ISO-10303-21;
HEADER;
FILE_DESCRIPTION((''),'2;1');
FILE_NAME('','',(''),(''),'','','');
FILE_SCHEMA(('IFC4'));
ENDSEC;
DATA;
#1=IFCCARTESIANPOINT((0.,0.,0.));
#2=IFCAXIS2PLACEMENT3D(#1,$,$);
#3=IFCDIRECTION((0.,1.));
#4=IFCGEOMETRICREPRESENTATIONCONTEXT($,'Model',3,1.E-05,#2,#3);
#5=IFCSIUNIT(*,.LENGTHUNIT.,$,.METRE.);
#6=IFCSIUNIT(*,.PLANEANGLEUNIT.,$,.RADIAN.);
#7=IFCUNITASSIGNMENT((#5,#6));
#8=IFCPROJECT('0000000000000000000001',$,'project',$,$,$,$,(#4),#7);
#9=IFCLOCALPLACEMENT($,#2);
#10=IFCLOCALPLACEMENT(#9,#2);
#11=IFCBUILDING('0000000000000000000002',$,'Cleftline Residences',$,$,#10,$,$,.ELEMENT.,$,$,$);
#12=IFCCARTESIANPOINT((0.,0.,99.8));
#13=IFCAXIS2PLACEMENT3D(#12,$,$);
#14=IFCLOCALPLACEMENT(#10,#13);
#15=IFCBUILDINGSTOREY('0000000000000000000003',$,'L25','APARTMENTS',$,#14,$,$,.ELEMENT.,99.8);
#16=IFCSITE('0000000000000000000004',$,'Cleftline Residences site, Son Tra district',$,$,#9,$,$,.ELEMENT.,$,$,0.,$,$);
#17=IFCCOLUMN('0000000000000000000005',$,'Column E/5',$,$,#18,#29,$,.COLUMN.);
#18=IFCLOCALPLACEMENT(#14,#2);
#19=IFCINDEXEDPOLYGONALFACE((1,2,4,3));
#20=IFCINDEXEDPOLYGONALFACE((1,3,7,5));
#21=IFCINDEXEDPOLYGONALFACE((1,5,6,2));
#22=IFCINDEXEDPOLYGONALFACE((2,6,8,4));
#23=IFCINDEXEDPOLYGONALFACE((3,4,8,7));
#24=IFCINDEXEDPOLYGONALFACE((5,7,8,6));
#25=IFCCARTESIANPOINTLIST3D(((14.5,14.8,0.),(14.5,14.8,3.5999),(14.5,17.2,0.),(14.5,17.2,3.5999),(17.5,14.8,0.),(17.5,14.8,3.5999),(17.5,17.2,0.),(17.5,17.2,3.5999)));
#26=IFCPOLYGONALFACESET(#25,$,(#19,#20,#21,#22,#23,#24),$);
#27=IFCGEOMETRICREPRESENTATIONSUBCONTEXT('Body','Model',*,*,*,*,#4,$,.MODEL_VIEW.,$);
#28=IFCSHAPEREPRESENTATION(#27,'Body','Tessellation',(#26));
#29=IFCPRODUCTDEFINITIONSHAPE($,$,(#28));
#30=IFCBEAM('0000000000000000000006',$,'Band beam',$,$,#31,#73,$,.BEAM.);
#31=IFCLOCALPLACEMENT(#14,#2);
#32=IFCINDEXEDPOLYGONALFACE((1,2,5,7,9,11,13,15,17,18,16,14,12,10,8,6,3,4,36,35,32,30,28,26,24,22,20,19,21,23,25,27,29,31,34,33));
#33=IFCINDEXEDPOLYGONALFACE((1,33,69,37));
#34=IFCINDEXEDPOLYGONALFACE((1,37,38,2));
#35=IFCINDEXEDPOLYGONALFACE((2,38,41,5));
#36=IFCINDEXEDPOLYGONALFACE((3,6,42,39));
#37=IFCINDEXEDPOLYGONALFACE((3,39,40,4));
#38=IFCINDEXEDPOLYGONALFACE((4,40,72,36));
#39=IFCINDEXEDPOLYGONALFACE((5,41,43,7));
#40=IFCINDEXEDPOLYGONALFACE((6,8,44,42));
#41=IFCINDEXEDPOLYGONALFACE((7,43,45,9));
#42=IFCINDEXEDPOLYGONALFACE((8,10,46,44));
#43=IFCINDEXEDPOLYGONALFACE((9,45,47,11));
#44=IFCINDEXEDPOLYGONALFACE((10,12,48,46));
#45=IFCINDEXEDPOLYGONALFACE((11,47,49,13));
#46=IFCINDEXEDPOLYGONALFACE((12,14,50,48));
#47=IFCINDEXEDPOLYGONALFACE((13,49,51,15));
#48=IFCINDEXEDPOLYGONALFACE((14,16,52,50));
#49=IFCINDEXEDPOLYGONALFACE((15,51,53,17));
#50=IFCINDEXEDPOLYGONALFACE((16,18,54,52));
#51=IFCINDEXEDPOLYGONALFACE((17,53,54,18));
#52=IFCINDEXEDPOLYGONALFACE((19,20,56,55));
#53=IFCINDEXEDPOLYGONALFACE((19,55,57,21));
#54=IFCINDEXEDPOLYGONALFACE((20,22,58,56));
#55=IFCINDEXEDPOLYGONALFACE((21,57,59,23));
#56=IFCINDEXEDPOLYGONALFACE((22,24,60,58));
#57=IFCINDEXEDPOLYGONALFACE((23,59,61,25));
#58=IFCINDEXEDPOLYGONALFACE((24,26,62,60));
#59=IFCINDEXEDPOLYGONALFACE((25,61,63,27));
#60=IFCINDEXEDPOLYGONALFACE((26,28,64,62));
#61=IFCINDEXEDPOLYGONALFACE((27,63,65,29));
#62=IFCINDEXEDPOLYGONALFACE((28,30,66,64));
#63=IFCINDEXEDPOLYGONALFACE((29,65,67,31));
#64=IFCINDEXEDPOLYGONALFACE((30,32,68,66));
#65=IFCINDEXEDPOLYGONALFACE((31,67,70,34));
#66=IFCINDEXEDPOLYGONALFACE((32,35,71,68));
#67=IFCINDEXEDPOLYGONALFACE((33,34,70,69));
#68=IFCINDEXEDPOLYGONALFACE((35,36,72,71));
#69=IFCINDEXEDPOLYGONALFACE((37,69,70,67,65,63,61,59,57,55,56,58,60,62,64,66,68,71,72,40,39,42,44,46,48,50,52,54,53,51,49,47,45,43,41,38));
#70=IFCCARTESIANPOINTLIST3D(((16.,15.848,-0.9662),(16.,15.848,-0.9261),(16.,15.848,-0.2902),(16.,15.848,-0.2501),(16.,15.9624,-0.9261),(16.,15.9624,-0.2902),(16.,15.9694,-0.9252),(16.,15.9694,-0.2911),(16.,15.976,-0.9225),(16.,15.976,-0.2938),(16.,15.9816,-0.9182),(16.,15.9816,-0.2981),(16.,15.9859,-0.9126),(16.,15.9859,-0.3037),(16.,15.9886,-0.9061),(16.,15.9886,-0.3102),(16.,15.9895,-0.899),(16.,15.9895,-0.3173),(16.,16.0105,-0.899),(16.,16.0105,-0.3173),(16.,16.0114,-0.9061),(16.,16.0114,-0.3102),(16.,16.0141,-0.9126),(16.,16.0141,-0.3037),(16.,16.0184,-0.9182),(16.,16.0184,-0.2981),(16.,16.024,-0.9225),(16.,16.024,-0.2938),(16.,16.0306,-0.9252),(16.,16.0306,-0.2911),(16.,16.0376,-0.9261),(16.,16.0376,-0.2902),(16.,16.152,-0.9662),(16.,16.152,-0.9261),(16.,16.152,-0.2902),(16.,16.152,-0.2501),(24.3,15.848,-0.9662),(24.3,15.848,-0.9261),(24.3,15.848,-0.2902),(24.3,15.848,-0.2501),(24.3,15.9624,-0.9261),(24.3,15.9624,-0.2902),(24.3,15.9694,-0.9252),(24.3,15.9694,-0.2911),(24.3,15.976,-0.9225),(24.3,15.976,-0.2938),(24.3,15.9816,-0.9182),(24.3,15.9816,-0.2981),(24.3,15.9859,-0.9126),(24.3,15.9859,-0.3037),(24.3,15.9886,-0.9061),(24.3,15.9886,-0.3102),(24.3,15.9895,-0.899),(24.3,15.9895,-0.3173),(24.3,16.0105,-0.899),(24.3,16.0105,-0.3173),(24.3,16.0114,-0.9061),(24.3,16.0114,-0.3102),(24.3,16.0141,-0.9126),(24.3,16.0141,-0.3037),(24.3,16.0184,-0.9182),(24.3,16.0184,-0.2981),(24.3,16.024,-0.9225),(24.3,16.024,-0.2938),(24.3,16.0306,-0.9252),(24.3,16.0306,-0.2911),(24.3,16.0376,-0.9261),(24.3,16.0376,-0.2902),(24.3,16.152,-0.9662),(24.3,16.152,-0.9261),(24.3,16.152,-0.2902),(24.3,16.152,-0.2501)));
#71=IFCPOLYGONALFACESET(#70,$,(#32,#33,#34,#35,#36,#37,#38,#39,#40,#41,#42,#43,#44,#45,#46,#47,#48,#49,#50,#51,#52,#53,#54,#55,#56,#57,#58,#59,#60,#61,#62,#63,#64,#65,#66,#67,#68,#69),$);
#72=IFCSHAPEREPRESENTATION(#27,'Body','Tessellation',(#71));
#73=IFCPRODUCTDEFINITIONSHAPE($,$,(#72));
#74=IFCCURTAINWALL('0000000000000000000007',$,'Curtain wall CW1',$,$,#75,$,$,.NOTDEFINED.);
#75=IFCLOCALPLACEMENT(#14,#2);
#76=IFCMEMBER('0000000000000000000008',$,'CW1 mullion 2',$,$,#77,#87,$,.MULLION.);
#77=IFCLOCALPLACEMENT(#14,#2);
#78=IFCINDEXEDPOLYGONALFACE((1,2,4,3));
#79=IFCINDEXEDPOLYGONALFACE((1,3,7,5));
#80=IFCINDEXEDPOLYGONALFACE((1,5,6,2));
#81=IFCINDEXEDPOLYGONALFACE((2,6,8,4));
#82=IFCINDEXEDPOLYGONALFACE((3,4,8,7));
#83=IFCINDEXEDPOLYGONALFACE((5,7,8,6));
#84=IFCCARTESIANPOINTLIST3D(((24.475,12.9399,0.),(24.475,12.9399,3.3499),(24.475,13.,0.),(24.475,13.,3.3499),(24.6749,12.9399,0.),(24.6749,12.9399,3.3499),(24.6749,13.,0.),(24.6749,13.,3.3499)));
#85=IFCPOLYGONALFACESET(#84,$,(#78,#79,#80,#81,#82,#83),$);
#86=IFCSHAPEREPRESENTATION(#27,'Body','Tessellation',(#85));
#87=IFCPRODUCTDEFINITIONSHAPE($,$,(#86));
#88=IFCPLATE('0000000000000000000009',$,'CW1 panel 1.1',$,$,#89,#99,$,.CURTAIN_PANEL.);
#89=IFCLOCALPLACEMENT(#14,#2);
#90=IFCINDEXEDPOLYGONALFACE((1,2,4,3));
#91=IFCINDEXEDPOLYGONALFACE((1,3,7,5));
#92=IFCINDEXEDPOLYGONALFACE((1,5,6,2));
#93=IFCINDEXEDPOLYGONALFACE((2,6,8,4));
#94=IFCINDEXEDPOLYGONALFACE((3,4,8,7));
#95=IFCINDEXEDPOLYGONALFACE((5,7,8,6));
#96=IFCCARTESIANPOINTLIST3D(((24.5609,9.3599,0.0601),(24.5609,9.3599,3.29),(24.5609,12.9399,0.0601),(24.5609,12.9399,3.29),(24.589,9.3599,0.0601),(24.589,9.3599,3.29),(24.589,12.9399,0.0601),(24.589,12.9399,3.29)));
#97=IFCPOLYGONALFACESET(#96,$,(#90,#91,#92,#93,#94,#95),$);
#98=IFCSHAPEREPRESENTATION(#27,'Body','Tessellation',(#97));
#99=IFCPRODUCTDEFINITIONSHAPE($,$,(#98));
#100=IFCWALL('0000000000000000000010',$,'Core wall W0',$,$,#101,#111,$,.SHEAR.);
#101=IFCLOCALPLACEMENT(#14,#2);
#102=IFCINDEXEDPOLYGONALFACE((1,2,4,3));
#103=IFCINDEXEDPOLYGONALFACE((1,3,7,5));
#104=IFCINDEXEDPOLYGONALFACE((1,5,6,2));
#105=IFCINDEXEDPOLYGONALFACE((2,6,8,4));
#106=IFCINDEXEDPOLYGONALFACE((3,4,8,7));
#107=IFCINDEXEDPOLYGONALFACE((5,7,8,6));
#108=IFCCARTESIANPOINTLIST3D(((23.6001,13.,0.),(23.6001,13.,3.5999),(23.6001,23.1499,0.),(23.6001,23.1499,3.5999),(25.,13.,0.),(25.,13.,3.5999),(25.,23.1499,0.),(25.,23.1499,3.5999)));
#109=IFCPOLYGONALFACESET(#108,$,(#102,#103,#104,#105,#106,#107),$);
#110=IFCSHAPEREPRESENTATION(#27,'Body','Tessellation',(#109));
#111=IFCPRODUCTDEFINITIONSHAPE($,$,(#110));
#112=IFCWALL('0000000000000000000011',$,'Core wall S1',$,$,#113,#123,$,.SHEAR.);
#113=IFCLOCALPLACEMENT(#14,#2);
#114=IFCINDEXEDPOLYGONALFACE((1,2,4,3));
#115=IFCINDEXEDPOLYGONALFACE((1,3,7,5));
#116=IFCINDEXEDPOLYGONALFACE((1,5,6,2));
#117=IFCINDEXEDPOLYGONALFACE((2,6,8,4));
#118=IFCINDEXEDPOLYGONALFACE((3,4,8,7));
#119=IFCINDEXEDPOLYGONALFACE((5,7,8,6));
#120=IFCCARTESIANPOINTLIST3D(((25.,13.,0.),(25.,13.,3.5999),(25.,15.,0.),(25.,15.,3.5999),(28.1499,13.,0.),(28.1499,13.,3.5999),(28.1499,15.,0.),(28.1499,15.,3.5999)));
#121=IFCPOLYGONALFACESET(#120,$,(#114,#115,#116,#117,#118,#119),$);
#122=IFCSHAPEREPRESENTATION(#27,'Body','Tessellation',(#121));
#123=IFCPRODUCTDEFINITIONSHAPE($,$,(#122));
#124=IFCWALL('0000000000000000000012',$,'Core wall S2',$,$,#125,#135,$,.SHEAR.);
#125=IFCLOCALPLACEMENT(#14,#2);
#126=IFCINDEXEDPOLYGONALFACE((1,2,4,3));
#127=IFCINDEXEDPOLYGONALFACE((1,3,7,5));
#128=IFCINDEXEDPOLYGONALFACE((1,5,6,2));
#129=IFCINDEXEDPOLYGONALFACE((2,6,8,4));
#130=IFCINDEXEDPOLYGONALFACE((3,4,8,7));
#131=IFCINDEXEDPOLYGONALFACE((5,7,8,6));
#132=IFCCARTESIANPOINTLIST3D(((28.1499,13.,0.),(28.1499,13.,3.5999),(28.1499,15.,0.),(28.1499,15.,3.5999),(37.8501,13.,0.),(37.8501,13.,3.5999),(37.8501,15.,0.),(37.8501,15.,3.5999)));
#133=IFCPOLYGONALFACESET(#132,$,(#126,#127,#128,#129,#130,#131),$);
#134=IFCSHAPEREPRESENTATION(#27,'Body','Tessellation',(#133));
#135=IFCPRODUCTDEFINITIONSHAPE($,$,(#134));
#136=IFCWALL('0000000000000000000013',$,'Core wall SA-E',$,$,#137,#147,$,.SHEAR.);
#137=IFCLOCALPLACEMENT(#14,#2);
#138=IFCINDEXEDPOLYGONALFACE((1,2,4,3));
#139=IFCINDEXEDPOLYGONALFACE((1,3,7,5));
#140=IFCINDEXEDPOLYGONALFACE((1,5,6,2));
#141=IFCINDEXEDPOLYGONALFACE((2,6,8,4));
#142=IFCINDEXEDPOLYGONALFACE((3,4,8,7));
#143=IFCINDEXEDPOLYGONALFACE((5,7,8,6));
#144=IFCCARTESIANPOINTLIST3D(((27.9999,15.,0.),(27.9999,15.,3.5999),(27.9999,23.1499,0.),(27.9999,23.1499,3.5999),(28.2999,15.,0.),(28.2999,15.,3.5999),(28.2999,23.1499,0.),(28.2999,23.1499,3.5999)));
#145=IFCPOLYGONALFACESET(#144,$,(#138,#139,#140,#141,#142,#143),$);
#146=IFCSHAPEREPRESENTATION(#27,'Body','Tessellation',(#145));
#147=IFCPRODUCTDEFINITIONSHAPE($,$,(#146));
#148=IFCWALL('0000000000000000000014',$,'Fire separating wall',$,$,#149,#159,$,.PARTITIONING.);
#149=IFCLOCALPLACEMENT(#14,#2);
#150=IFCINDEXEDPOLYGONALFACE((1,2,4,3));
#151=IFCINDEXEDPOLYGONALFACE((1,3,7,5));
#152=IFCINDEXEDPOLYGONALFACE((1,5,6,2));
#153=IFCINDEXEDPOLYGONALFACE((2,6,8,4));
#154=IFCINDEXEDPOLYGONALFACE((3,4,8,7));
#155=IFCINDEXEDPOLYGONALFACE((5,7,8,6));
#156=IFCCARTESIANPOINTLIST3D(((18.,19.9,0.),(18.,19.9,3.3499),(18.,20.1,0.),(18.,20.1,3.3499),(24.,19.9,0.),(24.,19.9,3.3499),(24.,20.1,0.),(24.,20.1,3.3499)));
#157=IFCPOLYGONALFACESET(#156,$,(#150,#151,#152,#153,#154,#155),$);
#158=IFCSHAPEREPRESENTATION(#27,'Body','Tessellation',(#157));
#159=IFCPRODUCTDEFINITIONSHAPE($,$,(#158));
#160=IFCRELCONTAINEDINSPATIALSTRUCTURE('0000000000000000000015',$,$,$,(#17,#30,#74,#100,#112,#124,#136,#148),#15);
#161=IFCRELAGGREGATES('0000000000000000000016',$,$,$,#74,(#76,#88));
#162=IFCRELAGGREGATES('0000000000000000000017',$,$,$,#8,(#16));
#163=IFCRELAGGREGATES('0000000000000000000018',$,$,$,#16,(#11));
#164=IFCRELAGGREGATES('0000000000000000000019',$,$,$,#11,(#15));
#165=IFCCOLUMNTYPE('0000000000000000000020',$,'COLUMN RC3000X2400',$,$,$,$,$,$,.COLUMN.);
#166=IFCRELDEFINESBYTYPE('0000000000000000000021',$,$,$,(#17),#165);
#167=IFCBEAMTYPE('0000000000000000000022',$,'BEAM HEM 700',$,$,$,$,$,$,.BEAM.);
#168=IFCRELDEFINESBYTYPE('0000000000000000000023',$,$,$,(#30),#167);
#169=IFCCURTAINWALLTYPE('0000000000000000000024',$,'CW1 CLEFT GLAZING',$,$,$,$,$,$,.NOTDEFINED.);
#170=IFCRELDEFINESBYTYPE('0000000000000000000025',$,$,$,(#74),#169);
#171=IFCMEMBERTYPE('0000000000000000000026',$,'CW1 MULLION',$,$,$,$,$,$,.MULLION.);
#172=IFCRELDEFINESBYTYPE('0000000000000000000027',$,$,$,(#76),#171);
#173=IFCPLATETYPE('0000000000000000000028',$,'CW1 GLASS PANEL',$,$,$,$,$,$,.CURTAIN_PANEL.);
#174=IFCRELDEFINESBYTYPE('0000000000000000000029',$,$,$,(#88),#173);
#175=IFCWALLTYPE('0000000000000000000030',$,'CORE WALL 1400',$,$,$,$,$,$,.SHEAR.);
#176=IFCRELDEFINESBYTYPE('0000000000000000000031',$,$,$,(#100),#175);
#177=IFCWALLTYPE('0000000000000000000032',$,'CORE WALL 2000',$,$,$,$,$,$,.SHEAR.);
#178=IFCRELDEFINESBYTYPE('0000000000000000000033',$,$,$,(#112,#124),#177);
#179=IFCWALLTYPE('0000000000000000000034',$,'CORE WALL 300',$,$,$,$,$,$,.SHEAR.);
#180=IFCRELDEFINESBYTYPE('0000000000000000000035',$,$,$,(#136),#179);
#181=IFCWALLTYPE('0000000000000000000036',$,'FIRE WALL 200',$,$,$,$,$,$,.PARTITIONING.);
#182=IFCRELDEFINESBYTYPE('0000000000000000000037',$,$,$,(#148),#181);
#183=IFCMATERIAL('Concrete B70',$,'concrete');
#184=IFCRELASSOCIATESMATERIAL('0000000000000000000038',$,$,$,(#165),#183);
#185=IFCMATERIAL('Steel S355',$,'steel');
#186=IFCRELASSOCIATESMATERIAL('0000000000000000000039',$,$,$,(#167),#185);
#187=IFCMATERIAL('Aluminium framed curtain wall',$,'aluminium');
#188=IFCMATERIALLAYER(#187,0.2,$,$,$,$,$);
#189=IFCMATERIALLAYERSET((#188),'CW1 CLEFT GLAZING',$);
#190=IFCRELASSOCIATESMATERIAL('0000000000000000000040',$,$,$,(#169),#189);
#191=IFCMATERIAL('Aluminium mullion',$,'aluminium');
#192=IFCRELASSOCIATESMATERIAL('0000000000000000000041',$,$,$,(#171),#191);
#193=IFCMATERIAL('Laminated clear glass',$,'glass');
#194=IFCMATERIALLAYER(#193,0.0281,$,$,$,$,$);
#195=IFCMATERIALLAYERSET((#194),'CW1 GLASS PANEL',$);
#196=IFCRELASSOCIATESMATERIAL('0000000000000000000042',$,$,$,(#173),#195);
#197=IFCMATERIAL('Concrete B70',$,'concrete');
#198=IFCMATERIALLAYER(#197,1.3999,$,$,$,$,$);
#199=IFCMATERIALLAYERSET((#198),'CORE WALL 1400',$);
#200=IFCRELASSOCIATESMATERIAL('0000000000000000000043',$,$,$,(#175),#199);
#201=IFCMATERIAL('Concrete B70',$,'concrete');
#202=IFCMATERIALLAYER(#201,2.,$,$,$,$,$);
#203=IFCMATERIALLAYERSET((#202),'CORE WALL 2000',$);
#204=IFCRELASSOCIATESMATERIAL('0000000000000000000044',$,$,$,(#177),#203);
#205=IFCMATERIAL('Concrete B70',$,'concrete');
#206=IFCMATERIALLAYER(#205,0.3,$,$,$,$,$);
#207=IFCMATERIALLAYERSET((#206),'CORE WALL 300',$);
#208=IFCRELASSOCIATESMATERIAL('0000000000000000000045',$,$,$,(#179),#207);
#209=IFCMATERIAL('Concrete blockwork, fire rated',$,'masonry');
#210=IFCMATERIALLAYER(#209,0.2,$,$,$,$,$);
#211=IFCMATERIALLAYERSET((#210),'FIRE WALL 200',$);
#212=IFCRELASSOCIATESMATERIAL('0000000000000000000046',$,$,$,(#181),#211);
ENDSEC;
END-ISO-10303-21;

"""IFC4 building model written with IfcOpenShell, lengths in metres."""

from ifc_helpers import new_model, si_unit, direction, frame, frame_2d, origin, origin_2d, place, context, subcontext, project, spatial, rectangle, i_section, extrude, material, layer, layer_set, material_profile, profile_set, type_object, element, aggregate, save


model = new_model("IFC4")

# Units and contexts
model_context = context("Model", 3, precision=1e-05, world=origin(), true_north=direction((0.0, 1.0)))
body_context = subcontext(model_context, "Body", "Model", "MODEL_VIEW")
ifc_project = project(units=[si_unit("LENGTHUNIT", "METRE"), si_unit("PLANEANGLEUNIT", "RADIAN")], contexts=[model_context])

# Site, building, storey
site_placement = place(None, origin())
site = spatial("IfcSite", under=ifc_project, at=site_placement, Name="Cleftline Residences site, Son Tra district", CompositionType="ELEMENT", RefElevation=0.0)
building_placement = place(site_placement, origin())
building = spatial("IfcBuilding", under=site, at=building_placement, Name="Cleftline Residences", CompositionType="ELEMENT")
storey_placement = place(building_placement, frame((0.0, 0.0, 99.8)))
storey = spatial("IfcBuildingStorey", under=building, at=storey_placement, Name="L25", Description="APARTMENTS", CompositionType="ELEMENT", Elevation=99.8)

# Column
ifc_material_1 = material(Name="Concrete B70", Category="concrete")
ifc_material_profile_1 = material_profile(ifc_material_1, rectangle(XDim=3.0, YDim=2.3999, at=origin_2d()))
ifc_profile_set_1 = profile_set([ifc_material_profile_1], Name="Concrete B70")
column_type = type_object("IfcColumnType", Name="COLUMN RC3000X2400", PredefinedType="COLUMN", material=ifc_profile_set_1)
column_placement = place(storey_placement, frame((16.0, 16.0, 0.0), z_axis=(0.0, 0.0, 1.0), x_axis=(1.0, 0.0, 0.0)))
element("IfcColumn", 1, at=column_placement, inside=storey, type_object=column_type, Name="Column E/5", PredefinedType="COLUMN", context=body_context, shape_type="SweptSolid", body=[
    extrude(rectangle(XDim=3.0, YDim=2.3999, at=origin_2d()), origin(), (0.0, 0.0, 1.0), 3.5999),
])

# Beam
ifc_material_2 = material(Name="Steel S355", Category="steel")
ifc_material_profile_2 = material_profile(ifc_material_2, i_section(OverallWidth=0.304, OverallDepth=0.7161, WebThickness=0.021, FlangeThickness=0.04, FilletRadius=0.0271, at=origin_2d()))
ifc_profile_set_2 = profile_set([ifc_material_profile_2], Name="Steel S355")
beam_type = type_object("IfcBeamType", Name="BEAM HEM 700", PredefinedType="BEAM", material=ifc_profile_set_2)
beam_placement = place(storey_placement, frame((16.0, 16.0, -0.6082), z_axis=(1.0, 0.0, 0.0), x_axis=(0.0, 1.0, 0.0)))
element("IfcBeam", 2, at=beam_placement, inside=storey, type_object=beam_type, Name="Band beam", PredefinedType="BEAM", context=body_context, shape_type="SweptSolid", body=[
    extrude(i_section(OverallWidth=0.304, OverallDepth=0.7161, WebThickness=0.021, FlangeThickness=0.04, FilletRadius=0.0271, at=origin_2d()), origin(), (0.0, 0.0, 1.0), 8.3),
])

# Curtain wall, member, plate
ifc_material_3 = material(Name="Aluminium framed curtain wall", Category="aluminium")
ifc_layer_1 = layer(ifc_material_3, 0.2)
ifc_layer_set_1 = layer_set([ifc_layer_1], Name="CW1 CLEFT GLAZING")
curtain_wall_type = type_object("IfcCurtainWallType", Name="CW1 CLEFT GLAZING", PredefinedType="NOTDEFINED", material=ifc_layer_set_1)
curtain_wall_placement = place(storey_placement, origin())
curtain_wall = element("IfcCurtainWall", 3, at=curtain_wall_placement, inside=storey, type_object=curtain_wall_type, Name="Curtain wall CW1", PredefinedType="NOTDEFINED")
ifc_material_4 = material(Name="Aluminium mullion", Category="aluminium")
ifc_material_profile_3 = material_profile(ifc_material_4, rectangle(XDim=0.2, YDim=0.0601, at=origin_2d()))
ifc_profile_set_3 = profile_set([ifc_material_profile_3], Name="Aluminium mullion")
member_type = type_object("IfcMemberType", Name="CW1 MULLION", PredefinedType="MULLION", material=ifc_profile_set_3)
member_placement = place(storey_placement, frame((24.575, 12.97, 0.0), z_axis=(0.0, 0.0, 1.0), x_axis=(-1.0, 0.0, 0.0)))
member = element("IfcMember", 4, at=member_placement, type_object=member_type, Name="CW1 mullion 2", PredefinedType="MULLION", context=body_context, shape_type="SweptSolid", body=[
    extrude(rectangle(XDim=0.2, YDim=0.0601, at=origin_2d()), origin(), (0.0, 0.0, 1.0), 3.3499),
])
ifc_material_5 = material(Name="Laminated clear glass", Category="glass")
ifc_layer_2 = layer(ifc_material_5, 0.0281)
ifc_layer_set_2 = layer_set([ifc_layer_2], Name="CW1 GLASS PANEL")
plate_type = type_object("IfcPlateType", Name="CW1 GLASS PANEL", PredefinedType="CURTAIN_PANEL", material=ifc_layer_set_2)
plate_placement = place(storey_placement, frame((24.575, 11.1499, 0.0601), z_axis=(0.0, 0.0, 1.0), x_axis=(0.0, 1.0, 0.0)))
plate = element("IfcPlate", 5, at=plate_placement, type_object=plate_type, Name="CW1 panel 1.1", PredefinedType="CURTAIN_PANEL", context=body_context, shape_type="SweptSolid", body=[
    extrude(rectangle(XDim=3.5801, YDim=0.0281, at=origin_2d()), origin(), (0.0, 0.0, 1.0), 3.23),
])
aggregate(curtain_wall, [member, plate])

# Wall
ifc_material_6 = material(Name="Concrete B70", Category="concrete")
ifc_layer_3 = layer(ifc_material_6, 1.3999)
ifc_layer_set_3 = layer_set([ifc_layer_3], Name="CORE WALL 1400")
wall_type_1 = type_object("IfcWallType", Name="CORE WALL 1400", PredefinedType="SHEAR", material=ifc_layer_set_3)
wall_1_placement = place(storey_placement, frame((24.3, 13.0, 0.0), z_axis=(0.0, 0.0, 1.0), x_axis=(0.0, 1.0, 0.0)))
element("IfcWall", 6, at=wall_1_placement, inside=storey, type_object=wall_type_1, Name="Core wall W0", PredefinedType="SHEAR", context=body_context, shape_type="SweptSolid", body=[
    extrude(rectangle(XDim=10.1499, YDim=1.3999, at=frame_2d((5.075, 0.0))), origin(), (0.0, 0.0, 1.0), 3.5999),
])

# Walls
ifc_material_7 = material(Name="Concrete B70", Category="concrete")
ifc_layer_4 = layer(ifc_material_7, 2.0)
ifc_layer_set_4 = layer_set([ifc_layer_4], Name="CORE WALL 2000")
wall_type_2 = type_object("IfcWallType", Name="CORE WALL 2000", PredefinedType="SHEAR", material=ifc_layer_set_4)
wall_2_placement = place(storey_placement, frame((25.0, 14.0, 0.0), z_axis=(0.0, 0.0, 1.0), x_axis=(1.0, 0.0, 0.0)))
element("IfcWall", 7, at=wall_2_placement, inside=storey, type_object=wall_type_2, Name="Core wall S1", PredefinedType="SHEAR", context=body_context, shape_type="SweptSolid", body=[
    extrude(rectangle(XDim=3.1499, YDim=2.0, at=frame_2d((1.575, 0.0))), origin(), (0.0, 0.0, 1.0), 3.5999),
])
wall_3_placement = place(storey_placement, frame((28.1499, 14.0, 0.0), z_axis=(0.0, 0.0, 1.0), x_axis=(1.0, 0.0, 0.0)))
element("IfcWall", 8, at=wall_3_placement, inside=storey, type_object=wall_type_2, Name="Core wall S2", PredefinedType="SHEAR", context=body_context, shape_type="SweptSolid", body=[
    extrude(rectangle(XDim=9.7002, YDim=2.0, at=frame_2d((4.8501, 0.0))), origin(), (0.0, 0.0, 1.0), 3.5999),
])
ifc_material_8 = material(Name="Concrete B70", Category="concrete")
ifc_layer_5 = layer(ifc_material_8, 0.3)
ifc_layer_set_5 = layer_set([ifc_layer_5], Name="CORE WALL 300")
wall_type_3 = type_object("IfcWallType", Name="CORE WALL 300", PredefinedType="SHEAR", material=ifc_layer_set_5)
wall_4_placement = place(storey_placement, frame((28.1499, 15.0, 0.0), z_axis=(0.0, 0.0, 1.0), x_axis=(0.0, 1.0, 0.0)))
element("IfcWall", 9, at=wall_4_placement, inside=storey, type_object=wall_type_3, Name="Core wall SA-E", PredefinedType="SHEAR", context=body_context, shape_type="SweptSolid", body=[
    extrude(rectangle(XDim=8.1499, YDim=0.3, at=frame_2d((4.075, 0.0))), origin(), (0.0, 0.0, 1.0), 3.5999),
])
ifc_material_9 = material(Name="Concrete blockwork, fire rated", Category="masonry")
ifc_layer_6 = layer(ifc_material_9, 0.2)
ifc_layer_set_6 = layer_set([ifc_layer_6], Name="FIRE WALL 200")
wall_type_4 = type_object("IfcWallType", Name="FIRE WALL 200", PredefinedType="PARTITIONING", material=ifc_layer_set_6)
wall_5_placement = place(storey_placement, frame((18.0, 20.0, 0.0), z_axis=(0.0, 0.0, 1.0), x_axis=(1.0, 0.0, 0.0)))
element("IfcWall", 10, at=wall_5_placement, inside=storey, type_object=wall_type_4, Name="Fire separating wall", PredefinedType="PARTITIONING", context=body_context, shape_type="SweptSolid", body=[
    extrude(rectangle(XDim=6.0, YDim=0.2, at=frame_2d((3.0, 0.0))), origin(), (0.0, 0.0, 1.0), 3.3499),
])

save(model, "model.ifc")
